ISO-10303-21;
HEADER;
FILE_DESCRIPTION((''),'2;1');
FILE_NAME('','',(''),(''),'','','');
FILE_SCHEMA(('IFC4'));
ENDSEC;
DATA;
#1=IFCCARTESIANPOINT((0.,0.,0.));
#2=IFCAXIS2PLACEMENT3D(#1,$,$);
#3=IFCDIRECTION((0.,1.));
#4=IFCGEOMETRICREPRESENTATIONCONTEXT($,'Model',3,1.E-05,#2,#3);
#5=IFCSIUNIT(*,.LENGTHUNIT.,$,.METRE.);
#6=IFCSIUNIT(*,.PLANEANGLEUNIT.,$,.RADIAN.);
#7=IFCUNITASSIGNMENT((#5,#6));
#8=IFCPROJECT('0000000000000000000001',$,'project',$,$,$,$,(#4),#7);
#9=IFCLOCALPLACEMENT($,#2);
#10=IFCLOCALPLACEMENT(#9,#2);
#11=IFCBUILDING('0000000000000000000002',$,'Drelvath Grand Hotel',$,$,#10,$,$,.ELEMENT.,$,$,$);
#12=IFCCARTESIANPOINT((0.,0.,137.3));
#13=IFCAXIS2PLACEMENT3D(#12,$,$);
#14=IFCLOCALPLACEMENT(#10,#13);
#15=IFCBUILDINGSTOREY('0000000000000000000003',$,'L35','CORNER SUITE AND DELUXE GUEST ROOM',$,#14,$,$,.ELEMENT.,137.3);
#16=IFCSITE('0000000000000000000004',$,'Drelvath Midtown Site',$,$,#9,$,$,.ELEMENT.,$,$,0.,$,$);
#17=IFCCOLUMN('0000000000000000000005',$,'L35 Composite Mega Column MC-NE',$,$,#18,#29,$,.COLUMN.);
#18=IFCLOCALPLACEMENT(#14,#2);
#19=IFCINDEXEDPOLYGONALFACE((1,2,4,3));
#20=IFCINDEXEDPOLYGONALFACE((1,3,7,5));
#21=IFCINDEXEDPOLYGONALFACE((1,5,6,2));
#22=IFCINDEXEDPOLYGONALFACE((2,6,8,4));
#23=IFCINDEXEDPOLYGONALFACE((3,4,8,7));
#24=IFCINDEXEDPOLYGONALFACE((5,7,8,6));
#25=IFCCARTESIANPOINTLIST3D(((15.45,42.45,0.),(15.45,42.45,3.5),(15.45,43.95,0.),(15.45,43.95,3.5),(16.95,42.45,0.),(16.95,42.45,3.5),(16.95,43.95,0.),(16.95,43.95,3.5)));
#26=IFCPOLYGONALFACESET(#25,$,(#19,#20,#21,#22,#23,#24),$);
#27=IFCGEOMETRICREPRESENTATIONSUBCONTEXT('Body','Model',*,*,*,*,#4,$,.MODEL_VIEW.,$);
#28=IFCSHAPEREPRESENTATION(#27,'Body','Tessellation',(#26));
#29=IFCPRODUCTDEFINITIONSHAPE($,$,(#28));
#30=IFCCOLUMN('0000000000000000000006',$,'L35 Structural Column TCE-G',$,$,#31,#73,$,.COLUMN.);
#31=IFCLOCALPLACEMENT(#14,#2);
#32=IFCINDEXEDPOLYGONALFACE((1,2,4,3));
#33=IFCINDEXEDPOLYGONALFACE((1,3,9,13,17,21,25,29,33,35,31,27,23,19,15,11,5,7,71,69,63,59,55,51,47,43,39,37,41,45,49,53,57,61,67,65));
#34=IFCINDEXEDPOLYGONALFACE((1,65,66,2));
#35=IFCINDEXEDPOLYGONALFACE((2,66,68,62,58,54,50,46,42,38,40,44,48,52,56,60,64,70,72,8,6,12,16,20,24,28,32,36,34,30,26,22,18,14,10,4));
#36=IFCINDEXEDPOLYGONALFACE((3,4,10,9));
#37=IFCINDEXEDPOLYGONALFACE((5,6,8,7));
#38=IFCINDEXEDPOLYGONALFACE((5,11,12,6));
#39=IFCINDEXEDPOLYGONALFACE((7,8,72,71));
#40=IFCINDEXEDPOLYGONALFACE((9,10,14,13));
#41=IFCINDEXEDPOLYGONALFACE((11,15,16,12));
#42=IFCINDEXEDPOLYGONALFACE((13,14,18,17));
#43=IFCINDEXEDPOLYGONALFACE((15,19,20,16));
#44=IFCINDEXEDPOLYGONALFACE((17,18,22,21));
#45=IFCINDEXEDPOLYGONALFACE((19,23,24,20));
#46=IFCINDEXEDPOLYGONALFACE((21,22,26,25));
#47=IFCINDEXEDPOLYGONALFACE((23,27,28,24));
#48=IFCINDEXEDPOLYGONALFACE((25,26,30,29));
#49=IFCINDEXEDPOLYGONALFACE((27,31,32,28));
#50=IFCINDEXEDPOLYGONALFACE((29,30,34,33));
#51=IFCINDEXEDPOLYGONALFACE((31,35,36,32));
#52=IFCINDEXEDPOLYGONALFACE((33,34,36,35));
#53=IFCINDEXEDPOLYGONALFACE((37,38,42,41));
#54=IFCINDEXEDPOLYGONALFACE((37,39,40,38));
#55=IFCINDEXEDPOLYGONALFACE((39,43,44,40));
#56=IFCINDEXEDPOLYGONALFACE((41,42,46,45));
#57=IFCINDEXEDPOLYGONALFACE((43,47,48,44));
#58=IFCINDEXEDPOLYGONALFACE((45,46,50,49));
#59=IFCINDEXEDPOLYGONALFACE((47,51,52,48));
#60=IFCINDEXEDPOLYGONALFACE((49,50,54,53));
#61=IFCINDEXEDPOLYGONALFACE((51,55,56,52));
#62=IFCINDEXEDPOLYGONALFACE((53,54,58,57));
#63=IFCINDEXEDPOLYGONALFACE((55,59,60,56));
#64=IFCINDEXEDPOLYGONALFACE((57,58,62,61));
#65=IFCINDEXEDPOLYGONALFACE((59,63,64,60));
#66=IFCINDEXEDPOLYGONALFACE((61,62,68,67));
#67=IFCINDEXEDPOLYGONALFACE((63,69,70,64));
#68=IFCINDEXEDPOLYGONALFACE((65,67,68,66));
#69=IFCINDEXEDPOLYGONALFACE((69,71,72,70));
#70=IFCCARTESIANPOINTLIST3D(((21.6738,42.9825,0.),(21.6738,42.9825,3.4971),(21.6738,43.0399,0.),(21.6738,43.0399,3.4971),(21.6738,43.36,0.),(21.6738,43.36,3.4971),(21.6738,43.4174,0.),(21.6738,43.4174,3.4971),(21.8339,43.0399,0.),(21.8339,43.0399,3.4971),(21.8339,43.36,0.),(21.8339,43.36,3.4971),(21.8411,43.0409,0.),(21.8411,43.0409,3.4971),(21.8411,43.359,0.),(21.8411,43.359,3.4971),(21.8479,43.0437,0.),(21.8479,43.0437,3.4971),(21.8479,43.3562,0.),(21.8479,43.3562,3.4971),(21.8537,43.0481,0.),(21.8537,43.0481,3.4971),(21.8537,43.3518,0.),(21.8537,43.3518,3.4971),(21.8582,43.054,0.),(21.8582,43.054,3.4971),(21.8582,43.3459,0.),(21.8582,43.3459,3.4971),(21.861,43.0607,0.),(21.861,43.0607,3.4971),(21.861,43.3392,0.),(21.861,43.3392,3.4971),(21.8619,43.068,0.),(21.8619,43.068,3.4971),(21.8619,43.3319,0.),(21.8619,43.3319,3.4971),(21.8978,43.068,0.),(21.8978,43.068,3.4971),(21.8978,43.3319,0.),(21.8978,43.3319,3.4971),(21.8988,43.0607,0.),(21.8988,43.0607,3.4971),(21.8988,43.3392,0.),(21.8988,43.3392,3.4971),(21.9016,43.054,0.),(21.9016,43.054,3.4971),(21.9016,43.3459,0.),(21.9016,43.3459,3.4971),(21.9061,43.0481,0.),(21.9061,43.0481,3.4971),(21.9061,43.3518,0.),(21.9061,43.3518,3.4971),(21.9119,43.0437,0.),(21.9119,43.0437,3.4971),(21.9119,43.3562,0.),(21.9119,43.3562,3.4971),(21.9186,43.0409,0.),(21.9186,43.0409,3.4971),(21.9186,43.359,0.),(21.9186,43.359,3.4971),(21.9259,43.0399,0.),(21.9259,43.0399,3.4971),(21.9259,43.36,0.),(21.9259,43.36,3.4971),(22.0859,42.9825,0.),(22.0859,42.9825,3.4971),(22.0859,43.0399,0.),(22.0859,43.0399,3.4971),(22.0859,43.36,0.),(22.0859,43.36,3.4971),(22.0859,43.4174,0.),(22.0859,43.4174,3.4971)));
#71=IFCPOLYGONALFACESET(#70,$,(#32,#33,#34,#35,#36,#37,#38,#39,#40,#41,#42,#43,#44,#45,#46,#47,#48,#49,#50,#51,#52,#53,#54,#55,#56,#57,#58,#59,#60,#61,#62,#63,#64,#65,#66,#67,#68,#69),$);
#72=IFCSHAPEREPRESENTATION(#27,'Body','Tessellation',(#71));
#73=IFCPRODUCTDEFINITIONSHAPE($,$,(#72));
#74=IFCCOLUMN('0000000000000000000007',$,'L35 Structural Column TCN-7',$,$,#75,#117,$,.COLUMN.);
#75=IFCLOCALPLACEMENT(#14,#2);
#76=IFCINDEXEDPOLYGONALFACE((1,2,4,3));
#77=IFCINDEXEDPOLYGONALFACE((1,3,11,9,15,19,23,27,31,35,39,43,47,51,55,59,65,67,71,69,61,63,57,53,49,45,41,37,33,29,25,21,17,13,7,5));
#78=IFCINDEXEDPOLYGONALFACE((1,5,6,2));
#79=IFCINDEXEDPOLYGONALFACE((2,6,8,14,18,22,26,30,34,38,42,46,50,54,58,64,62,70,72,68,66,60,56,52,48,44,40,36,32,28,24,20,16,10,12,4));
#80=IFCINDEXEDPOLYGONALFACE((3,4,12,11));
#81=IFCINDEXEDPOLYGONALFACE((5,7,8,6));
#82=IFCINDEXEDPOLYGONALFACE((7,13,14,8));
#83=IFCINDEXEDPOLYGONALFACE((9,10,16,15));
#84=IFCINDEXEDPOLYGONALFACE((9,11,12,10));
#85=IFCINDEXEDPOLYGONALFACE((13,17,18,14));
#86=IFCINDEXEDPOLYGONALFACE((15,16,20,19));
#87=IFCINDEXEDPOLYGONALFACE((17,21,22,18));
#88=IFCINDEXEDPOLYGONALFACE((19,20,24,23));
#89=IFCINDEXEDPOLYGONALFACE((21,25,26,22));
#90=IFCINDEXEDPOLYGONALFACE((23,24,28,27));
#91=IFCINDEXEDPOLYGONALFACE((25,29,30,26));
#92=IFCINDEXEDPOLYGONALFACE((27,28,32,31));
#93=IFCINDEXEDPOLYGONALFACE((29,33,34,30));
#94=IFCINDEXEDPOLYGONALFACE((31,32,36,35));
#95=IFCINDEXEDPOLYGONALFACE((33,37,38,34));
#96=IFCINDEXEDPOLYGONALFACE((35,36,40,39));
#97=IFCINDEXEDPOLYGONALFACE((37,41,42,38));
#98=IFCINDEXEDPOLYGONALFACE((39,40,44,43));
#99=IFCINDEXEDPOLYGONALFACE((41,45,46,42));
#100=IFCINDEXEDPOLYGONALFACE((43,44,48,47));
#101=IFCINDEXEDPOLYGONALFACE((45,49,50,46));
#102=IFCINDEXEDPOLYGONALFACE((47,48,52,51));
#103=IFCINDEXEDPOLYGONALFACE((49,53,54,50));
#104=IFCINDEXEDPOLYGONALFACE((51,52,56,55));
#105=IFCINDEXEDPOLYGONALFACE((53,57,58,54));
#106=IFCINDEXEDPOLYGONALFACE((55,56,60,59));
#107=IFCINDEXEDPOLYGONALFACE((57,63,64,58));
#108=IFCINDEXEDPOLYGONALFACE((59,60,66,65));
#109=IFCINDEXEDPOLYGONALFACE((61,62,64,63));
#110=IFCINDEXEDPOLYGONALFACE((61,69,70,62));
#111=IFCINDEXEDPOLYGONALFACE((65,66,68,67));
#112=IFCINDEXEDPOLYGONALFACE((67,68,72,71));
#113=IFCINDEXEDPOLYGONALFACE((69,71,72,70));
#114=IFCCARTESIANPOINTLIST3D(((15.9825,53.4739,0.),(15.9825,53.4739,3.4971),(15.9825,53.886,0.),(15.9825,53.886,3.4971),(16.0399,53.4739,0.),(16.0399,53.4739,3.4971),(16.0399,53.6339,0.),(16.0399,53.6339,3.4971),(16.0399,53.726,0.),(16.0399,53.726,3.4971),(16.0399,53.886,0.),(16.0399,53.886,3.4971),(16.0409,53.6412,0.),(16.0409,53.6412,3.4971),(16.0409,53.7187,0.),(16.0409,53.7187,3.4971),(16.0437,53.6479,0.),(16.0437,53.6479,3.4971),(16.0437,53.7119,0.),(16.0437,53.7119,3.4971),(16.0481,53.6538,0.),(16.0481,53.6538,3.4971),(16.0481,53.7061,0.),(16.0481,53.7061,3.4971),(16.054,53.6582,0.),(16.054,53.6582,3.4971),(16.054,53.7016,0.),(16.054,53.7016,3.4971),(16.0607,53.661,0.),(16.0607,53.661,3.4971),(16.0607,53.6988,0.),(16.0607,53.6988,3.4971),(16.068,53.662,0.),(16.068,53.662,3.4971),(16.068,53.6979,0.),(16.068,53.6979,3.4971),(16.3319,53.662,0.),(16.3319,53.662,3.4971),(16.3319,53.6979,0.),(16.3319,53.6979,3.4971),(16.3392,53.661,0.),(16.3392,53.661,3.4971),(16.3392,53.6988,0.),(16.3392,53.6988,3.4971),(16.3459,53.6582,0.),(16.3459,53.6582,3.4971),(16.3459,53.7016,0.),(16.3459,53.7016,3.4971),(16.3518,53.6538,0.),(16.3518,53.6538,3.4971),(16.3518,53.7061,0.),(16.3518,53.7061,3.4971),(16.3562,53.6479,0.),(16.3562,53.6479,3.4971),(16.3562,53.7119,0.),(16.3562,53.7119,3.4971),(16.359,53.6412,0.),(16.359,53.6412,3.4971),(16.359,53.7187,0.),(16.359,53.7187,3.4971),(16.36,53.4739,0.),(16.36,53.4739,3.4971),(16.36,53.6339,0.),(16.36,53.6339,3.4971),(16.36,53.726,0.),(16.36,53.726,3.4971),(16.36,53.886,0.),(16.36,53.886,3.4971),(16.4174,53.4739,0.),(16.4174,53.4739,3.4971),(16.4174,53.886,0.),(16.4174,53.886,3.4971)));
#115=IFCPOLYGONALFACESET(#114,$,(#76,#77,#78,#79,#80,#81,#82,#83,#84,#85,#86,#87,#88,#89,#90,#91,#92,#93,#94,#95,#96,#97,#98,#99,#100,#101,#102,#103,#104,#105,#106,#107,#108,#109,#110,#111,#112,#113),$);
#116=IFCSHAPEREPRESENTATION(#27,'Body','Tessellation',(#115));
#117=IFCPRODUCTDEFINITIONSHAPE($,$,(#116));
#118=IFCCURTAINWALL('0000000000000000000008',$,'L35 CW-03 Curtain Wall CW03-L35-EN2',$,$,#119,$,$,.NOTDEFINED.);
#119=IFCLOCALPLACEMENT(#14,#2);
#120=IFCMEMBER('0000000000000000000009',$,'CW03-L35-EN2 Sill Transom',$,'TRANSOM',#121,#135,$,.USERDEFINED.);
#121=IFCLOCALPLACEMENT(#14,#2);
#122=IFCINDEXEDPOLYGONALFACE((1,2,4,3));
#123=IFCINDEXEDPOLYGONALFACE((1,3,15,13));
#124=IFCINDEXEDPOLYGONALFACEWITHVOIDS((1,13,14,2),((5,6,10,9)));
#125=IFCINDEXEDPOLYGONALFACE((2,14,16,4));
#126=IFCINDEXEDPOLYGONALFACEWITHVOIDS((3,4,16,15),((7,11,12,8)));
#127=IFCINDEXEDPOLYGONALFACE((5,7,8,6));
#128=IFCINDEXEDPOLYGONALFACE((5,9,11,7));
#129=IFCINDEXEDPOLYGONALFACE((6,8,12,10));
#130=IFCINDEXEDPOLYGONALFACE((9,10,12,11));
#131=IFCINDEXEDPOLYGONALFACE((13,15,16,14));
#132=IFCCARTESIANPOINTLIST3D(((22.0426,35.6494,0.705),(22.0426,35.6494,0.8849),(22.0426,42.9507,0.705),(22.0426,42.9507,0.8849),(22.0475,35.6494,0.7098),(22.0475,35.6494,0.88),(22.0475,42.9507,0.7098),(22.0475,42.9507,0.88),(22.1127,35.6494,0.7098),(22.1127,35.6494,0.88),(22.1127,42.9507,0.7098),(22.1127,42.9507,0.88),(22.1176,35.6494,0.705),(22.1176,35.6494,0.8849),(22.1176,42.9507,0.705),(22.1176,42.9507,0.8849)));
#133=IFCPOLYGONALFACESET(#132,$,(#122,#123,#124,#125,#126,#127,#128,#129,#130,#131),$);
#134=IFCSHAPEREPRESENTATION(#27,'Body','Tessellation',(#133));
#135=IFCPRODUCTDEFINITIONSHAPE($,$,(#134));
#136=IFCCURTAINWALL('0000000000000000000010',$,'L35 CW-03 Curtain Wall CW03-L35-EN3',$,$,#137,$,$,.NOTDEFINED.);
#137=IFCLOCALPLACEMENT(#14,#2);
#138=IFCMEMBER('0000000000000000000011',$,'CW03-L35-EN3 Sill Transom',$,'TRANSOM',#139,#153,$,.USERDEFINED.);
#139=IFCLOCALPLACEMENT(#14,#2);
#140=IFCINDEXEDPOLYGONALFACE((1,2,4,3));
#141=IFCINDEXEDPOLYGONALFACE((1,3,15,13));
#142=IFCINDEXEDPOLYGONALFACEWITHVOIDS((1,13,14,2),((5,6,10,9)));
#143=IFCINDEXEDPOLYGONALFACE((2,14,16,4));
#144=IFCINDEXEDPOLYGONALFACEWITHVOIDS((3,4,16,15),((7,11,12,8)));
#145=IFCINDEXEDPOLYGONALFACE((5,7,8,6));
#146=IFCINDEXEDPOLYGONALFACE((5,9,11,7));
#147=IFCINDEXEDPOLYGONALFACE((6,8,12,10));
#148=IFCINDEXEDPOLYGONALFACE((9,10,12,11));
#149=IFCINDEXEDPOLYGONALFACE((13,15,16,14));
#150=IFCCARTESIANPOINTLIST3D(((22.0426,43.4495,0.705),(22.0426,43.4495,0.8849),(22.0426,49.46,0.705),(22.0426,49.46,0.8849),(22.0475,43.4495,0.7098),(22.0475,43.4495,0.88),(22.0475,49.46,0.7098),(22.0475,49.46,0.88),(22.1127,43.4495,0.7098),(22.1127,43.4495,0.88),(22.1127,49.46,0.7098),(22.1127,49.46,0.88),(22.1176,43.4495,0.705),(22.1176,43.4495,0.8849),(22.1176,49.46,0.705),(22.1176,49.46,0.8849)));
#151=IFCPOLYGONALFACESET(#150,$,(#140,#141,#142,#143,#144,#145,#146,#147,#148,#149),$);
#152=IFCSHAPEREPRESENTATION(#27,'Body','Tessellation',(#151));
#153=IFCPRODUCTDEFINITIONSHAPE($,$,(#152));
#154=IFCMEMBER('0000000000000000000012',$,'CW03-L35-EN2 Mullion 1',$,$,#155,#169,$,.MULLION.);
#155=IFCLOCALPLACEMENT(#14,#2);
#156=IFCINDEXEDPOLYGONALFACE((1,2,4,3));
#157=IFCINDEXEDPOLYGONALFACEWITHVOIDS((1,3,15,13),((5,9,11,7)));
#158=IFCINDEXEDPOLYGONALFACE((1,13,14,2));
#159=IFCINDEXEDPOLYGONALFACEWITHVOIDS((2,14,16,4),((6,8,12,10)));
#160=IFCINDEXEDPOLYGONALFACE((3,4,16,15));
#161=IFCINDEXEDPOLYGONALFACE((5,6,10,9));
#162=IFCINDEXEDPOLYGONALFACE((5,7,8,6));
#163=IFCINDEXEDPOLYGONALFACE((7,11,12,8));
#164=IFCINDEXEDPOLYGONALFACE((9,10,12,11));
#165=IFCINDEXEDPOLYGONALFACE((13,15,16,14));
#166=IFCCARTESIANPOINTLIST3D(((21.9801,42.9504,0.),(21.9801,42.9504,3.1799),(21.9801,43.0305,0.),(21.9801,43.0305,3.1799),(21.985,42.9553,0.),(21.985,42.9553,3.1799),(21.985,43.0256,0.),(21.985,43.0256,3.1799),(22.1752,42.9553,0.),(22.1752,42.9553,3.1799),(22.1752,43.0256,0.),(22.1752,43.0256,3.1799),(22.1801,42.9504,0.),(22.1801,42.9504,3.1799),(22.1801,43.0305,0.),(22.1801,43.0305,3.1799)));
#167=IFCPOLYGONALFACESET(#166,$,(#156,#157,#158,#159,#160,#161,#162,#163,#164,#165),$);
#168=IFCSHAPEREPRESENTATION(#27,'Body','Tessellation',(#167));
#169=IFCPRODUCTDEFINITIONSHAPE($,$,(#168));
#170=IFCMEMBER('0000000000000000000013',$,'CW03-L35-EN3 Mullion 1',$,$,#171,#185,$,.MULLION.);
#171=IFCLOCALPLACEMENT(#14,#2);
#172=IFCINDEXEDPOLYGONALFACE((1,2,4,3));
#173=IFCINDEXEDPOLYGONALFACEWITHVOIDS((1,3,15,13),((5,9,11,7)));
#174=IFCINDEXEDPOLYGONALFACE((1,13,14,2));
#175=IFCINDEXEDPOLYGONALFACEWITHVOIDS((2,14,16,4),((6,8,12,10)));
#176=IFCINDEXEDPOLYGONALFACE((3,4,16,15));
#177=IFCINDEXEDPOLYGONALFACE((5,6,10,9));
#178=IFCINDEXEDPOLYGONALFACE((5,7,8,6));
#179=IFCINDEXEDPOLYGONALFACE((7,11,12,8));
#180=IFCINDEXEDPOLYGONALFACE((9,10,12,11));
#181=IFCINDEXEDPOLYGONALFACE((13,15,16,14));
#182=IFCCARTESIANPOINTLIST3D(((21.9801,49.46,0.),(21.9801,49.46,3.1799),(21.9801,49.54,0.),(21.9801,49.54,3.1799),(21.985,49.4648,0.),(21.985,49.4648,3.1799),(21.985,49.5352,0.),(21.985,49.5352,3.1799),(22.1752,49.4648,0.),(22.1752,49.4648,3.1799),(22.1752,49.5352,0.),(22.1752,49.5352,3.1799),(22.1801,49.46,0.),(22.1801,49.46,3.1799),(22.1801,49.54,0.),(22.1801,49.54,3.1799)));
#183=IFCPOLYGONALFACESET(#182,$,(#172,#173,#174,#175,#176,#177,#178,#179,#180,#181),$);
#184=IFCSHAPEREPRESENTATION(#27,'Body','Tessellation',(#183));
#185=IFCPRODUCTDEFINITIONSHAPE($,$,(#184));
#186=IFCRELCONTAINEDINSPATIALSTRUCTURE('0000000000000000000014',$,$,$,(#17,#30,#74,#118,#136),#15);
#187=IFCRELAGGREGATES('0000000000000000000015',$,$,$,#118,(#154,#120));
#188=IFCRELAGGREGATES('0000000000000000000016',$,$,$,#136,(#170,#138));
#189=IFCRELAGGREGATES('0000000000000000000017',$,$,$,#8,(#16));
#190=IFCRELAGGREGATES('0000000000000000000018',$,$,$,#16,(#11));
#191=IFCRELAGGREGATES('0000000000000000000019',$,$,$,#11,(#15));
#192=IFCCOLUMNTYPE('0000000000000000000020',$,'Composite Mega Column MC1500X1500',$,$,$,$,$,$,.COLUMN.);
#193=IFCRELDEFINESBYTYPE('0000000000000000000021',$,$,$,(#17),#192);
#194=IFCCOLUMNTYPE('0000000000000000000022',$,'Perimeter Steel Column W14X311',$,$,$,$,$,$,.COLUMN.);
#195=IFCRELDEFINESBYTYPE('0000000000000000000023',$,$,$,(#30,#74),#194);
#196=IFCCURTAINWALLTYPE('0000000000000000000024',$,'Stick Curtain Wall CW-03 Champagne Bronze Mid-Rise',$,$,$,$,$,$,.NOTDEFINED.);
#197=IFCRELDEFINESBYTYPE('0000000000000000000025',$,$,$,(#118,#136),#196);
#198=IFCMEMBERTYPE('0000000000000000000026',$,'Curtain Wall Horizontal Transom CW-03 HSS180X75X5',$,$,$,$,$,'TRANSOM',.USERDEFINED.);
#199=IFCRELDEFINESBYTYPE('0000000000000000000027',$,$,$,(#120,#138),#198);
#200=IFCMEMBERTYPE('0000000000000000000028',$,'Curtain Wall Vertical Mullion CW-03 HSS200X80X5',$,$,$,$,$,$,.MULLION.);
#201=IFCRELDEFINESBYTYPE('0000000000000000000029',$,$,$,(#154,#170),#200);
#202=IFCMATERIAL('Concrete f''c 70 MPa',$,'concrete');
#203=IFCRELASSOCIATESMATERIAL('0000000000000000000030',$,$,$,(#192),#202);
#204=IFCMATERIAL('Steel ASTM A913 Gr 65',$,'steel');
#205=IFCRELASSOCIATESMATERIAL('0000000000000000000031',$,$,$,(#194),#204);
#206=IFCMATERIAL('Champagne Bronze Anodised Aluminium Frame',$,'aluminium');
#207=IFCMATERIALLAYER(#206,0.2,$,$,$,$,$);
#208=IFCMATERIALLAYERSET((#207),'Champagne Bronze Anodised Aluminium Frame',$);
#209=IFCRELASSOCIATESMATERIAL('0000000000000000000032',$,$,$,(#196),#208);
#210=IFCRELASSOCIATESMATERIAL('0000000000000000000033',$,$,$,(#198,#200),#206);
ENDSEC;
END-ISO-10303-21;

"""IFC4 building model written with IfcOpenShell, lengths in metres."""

from ifc_helpers import new_model, si_unit, direction, frame, origin, origin_2d, place, context, subcontext, project, spatial, rectangle, hollow_rectangle, i_section, extrude, material, layer, layer_set, material_profile, profile_set, type_object, element, aggregate, save


model = new_model("IFC4")

# Units and contexts
model_context = context("Model", 3, precision=1e-05, world=origin(), true_north=direction((0.0, 1.0)))
body_context = subcontext(model_context, "Body", "Model", "MODEL_VIEW")
ifc_project = project(units=[si_unit("LENGTHUNIT", "METRE"), si_unit("PLANEANGLEUNIT", "RADIAN")], contexts=[model_context])

# Site, building, storey
site_placement = place(None, origin())
site = spatial("IfcSite", under=ifc_project, at=site_placement, Name="Drelvath Midtown Site", CompositionType="ELEMENT", RefElevation=0.0)
building_placement = place(site_placement, origin())
building = spatial("IfcBuilding", under=site, at=building_placement, Name="Drelvath Grand Hotel", CompositionType="ELEMENT")
storey_placement = place(building_placement, frame((0.0, 0.0, 137.3)))
storey = spatial("IfcBuildingStorey", under=building, at=storey_placement, Name="L35", Description="CORNER SUITE AND DELUXE GUEST ROOM", CompositionType="ELEMENT", Elevation=137.3)

# Columns
ifc_material_1 = material(Name="Concrete f'c 70 MPa", Category="concrete")
ifc_material_profile_1 = material_profile(ifc_material_1, rectangle(XDim=1.5, YDim=1.5, at=origin_2d()), Name="MC1500X1500")
ifc_profile_set_1 = profile_set([ifc_material_profile_1], Name="Concrete f'c 70 MPa")
column_type_1 = type_object("IfcColumnType", Name="Composite Mega Column MC1500X1500", PredefinedType="COLUMN", material=ifc_profile_set_1)
column_placement = place(storey_placement, frame((16.2, 43.2, 0.0), z_axis=(0.0, 0.0, 1.0), x_axis=(1.0, 0.0, 0.0)))
element("IfcColumn", 1, at=column_placement, inside=storey, type_object=column_type_1, Name="L35 Composite Mega Column MC-NE", PredefinedType="COLUMN", context=body_context, shape_type="SweptSolid", body=[
    extrude(rectangle(XDim=1.5, YDim=1.5, at=origin_2d()), origin(), (0.0, 0.0, 1.0), 3.5),
])
ifc_material_2 = material(Name="Steel ASTM A913 Gr 65", Category="steel")
ifc_material_profile_2 = material_profile(ifc_material_2, i_section(OverallWidth=0.4121, OverallDepth=0.4348, WebThickness=0.0359, FlangeThickness=0.0574, FilletRadius=0.0281, at=origin_2d()), Name="W14X311")
ifc_profile_set_2 = profile_set([ifc_material_profile_2], Name="Steel ASTM A913 Gr 65")
column_type_2 = type_object("IfcColumnType", Name="Perimeter Steel Column W14X311", PredefinedType="COLUMN", material=ifc_profile_set_2)
for number, where, z_axis, x_axis, name in (
    (2, (21.8799, 43.2, 0.0), (0.0, 0.0, 1.0), (1.0, 0.0, 0.0), "L35 Structural Column TCE-G"),
    (3, (16.2, 53.6799, 0.0), (0.0, 0.0, 1.0), (0.0, 1.0, 0.0), "L35 Structural Column TCN-7"),
):
    element("IfcColumn", number, at=place(storey_placement, frame(where, z_axis=z_axis, x_axis=x_axis)), inside=storey, type_object=column_type_2, Name=name, PredefinedType="COLUMN", context=body_context, shape_type="SweptSolid", body=[
        extrude(i_section(OverallWidth=0.4121, OverallDepth=0.4348, WebThickness=0.0359, FlangeThickness=0.0574, FilletRadius=0.0281, at=origin_2d()), origin(), (0.0, 0.0, 1.0), 3.4971),
    ])

# Curtain walls, members
ifc_material_3 = material(Name="Champagne Bronze Anodised Aluminium Frame", Category="aluminium")
ifc_layer_1 = layer(ifc_material_3, 0.2)
ifc_layer_set_1 = layer_set([ifc_layer_1], Name="Champagne Bronze Anodised Aluminium Frame")
curtain_wall_type = type_object("IfcCurtainWallType", Name="Stick Curtain Wall CW-03 Champagne Bronze Mid-Rise", PredefinedType="NOTDEFINED", material=ifc_layer_set_1)
curtain_wall_1_placement = place(storey_placement, origin())
curtain_wall_1 = element("IfcCurtainWall", 4, at=curtain_wall_1_placement, inside=storey, type_object=curtain_wall_type, Name="L35 CW-03 Curtain Wall CW03-L35-EN2", PredefinedType="NOTDEFINED")
ifc_material_profile_3 = material_profile(ifc_material_3, hollow_rectangle(XDim=0.075, YDim=0.1799, WallThickness=0.0049, at=origin_2d()), Name="HSS180X75X5")
ifc_profile_set_3 = profile_set([ifc_material_profile_3], Name="Champagne Bronze Anodised Aluminium Frame")
member_type_1 = type_object("IfcMemberType", Name="Curtain Wall Horizontal Transom CW-03 HSS180X75X5", ElementType="TRANSOM", PredefinedType="USERDEFINED", material=ifc_profile_set_3)
member_1_placement = place(storey_placement, frame((22.0801, 42.9507, 0.7949), z_axis=(0.0, -1.0, 0.0), x_axis=(1.0, 0.0, 0.0)))
member_1 = element("IfcMember", 5, at=member_1_placement, type_object=member_type_1, Name="CW03-L35-EN2 Sill Transom", ObjectType="TRANSOM", PredefinedType="USERDEFINED", context=body_context, shape_type="SweptSolid", body=[
    extrude(hollow_rectangle(XDim=0.075, YDim=0.1799, WallThickness=0.0049, at=origin_2d()), origin(), (0.0, 0.0, 1.0), 7.3013),
])
curtain_wall_2_placement = place(storey_placement, origin())
curtain_wall_2 = element("IfcCurtainWall", 6, at=curtain_wall_2_placement, inside=storey, type_object=curtain_wall_type, Name="L35 CW-03 Curtain Wall CW03-L35-EN3", PredefinedType="NOTDEFINED")
member_2_placement = place(storey_placement, frame((22.0801, 49.46, 0.7949), z_axis=(0.0, -1.0, 0.0), x_axis=(1.0, 0.0, 0.0)))
member_2 = element("IfcMember", 7, at=member_2_placement, type_object=member_type_1, Name="CW03-L35-EN3 Sill Transom", ObjectType="TRANSOM", PredefinedType="USERDEFINED", context=body_context, shape_type="SweptSolid", body=[
    extrude(hollow_rectangle(XDim=0.075, YDim=0.1799, WallThickness=0.0049, at=origin_2d()), origin(), (0.0, 0.0, 1.0), 6.0105),
])

# Members
ifc_material_profile_4 = material_profile(ifc_material_3, hollow_rectangle(XDim=0.0801, YDim=0.2, WallThickness=0.0049, at=origin_2d()), Name="HSS200X80X5")
ifc_profile_set_4 = profile_set([ifc_material_profile_4], Name="Champagne Bronze Anodised Aluminium Frame")
member_type_2 = type_object("IfcMemberType", Name="Curtain Wall Vertical Mullion CW-03 HSS200X80X5", PredefinedType="MULLION", material=ifc_profile_set_4)
member_3_placement = place(storey_placement, frame((22.0801, 42.9905, 0.0), z_axis=(0.0, 0.0, 1.0), x_axis=(0.0, 1.0, 0.0)))
member_3 = element("IfcMember", 8, at=member_3_placement, type_object=member_type_2, Name="CW03-L35-EN2 Mullion 1", PredefinedType="MULLION", context=body_context, shape_type="SweptSolid", body=[
    extrude(hollow_rectangle(XDim=0.0801, YDim=0.2, WallThickness=0.0049, at=origin_2d()), origin(), (0.0, 0.0, 1.0), 3.1799),
])
member_4_placement = place(storey_placement, frame((22.0801, 49.5, 0.0), z_axis=(0.0, 0.0, 1.0), x_axis=(0.0, 1.0, 0.0)))
member_4 = element("IfcMember", 9, at=member_4_placement, type_object=member_type_2, Name="CW03-L35-EN3 Mullion 1", PredefinedType="MULLION", context=body_context, shape_type="SweptSolid", body=[
    extrude(hollow_rectangle(XDim=0.0801, YDim=0.2, WallThickness=0.0049, at=origin_2d()), origin(), (0.0, 0.0, 1.0), 3.1799),
])

aggregate(curtain_wall_1, [member_3, member_1])
aggregate(curtain_wall_2, [member_4, member_2])

save(model, "model.ifc")
